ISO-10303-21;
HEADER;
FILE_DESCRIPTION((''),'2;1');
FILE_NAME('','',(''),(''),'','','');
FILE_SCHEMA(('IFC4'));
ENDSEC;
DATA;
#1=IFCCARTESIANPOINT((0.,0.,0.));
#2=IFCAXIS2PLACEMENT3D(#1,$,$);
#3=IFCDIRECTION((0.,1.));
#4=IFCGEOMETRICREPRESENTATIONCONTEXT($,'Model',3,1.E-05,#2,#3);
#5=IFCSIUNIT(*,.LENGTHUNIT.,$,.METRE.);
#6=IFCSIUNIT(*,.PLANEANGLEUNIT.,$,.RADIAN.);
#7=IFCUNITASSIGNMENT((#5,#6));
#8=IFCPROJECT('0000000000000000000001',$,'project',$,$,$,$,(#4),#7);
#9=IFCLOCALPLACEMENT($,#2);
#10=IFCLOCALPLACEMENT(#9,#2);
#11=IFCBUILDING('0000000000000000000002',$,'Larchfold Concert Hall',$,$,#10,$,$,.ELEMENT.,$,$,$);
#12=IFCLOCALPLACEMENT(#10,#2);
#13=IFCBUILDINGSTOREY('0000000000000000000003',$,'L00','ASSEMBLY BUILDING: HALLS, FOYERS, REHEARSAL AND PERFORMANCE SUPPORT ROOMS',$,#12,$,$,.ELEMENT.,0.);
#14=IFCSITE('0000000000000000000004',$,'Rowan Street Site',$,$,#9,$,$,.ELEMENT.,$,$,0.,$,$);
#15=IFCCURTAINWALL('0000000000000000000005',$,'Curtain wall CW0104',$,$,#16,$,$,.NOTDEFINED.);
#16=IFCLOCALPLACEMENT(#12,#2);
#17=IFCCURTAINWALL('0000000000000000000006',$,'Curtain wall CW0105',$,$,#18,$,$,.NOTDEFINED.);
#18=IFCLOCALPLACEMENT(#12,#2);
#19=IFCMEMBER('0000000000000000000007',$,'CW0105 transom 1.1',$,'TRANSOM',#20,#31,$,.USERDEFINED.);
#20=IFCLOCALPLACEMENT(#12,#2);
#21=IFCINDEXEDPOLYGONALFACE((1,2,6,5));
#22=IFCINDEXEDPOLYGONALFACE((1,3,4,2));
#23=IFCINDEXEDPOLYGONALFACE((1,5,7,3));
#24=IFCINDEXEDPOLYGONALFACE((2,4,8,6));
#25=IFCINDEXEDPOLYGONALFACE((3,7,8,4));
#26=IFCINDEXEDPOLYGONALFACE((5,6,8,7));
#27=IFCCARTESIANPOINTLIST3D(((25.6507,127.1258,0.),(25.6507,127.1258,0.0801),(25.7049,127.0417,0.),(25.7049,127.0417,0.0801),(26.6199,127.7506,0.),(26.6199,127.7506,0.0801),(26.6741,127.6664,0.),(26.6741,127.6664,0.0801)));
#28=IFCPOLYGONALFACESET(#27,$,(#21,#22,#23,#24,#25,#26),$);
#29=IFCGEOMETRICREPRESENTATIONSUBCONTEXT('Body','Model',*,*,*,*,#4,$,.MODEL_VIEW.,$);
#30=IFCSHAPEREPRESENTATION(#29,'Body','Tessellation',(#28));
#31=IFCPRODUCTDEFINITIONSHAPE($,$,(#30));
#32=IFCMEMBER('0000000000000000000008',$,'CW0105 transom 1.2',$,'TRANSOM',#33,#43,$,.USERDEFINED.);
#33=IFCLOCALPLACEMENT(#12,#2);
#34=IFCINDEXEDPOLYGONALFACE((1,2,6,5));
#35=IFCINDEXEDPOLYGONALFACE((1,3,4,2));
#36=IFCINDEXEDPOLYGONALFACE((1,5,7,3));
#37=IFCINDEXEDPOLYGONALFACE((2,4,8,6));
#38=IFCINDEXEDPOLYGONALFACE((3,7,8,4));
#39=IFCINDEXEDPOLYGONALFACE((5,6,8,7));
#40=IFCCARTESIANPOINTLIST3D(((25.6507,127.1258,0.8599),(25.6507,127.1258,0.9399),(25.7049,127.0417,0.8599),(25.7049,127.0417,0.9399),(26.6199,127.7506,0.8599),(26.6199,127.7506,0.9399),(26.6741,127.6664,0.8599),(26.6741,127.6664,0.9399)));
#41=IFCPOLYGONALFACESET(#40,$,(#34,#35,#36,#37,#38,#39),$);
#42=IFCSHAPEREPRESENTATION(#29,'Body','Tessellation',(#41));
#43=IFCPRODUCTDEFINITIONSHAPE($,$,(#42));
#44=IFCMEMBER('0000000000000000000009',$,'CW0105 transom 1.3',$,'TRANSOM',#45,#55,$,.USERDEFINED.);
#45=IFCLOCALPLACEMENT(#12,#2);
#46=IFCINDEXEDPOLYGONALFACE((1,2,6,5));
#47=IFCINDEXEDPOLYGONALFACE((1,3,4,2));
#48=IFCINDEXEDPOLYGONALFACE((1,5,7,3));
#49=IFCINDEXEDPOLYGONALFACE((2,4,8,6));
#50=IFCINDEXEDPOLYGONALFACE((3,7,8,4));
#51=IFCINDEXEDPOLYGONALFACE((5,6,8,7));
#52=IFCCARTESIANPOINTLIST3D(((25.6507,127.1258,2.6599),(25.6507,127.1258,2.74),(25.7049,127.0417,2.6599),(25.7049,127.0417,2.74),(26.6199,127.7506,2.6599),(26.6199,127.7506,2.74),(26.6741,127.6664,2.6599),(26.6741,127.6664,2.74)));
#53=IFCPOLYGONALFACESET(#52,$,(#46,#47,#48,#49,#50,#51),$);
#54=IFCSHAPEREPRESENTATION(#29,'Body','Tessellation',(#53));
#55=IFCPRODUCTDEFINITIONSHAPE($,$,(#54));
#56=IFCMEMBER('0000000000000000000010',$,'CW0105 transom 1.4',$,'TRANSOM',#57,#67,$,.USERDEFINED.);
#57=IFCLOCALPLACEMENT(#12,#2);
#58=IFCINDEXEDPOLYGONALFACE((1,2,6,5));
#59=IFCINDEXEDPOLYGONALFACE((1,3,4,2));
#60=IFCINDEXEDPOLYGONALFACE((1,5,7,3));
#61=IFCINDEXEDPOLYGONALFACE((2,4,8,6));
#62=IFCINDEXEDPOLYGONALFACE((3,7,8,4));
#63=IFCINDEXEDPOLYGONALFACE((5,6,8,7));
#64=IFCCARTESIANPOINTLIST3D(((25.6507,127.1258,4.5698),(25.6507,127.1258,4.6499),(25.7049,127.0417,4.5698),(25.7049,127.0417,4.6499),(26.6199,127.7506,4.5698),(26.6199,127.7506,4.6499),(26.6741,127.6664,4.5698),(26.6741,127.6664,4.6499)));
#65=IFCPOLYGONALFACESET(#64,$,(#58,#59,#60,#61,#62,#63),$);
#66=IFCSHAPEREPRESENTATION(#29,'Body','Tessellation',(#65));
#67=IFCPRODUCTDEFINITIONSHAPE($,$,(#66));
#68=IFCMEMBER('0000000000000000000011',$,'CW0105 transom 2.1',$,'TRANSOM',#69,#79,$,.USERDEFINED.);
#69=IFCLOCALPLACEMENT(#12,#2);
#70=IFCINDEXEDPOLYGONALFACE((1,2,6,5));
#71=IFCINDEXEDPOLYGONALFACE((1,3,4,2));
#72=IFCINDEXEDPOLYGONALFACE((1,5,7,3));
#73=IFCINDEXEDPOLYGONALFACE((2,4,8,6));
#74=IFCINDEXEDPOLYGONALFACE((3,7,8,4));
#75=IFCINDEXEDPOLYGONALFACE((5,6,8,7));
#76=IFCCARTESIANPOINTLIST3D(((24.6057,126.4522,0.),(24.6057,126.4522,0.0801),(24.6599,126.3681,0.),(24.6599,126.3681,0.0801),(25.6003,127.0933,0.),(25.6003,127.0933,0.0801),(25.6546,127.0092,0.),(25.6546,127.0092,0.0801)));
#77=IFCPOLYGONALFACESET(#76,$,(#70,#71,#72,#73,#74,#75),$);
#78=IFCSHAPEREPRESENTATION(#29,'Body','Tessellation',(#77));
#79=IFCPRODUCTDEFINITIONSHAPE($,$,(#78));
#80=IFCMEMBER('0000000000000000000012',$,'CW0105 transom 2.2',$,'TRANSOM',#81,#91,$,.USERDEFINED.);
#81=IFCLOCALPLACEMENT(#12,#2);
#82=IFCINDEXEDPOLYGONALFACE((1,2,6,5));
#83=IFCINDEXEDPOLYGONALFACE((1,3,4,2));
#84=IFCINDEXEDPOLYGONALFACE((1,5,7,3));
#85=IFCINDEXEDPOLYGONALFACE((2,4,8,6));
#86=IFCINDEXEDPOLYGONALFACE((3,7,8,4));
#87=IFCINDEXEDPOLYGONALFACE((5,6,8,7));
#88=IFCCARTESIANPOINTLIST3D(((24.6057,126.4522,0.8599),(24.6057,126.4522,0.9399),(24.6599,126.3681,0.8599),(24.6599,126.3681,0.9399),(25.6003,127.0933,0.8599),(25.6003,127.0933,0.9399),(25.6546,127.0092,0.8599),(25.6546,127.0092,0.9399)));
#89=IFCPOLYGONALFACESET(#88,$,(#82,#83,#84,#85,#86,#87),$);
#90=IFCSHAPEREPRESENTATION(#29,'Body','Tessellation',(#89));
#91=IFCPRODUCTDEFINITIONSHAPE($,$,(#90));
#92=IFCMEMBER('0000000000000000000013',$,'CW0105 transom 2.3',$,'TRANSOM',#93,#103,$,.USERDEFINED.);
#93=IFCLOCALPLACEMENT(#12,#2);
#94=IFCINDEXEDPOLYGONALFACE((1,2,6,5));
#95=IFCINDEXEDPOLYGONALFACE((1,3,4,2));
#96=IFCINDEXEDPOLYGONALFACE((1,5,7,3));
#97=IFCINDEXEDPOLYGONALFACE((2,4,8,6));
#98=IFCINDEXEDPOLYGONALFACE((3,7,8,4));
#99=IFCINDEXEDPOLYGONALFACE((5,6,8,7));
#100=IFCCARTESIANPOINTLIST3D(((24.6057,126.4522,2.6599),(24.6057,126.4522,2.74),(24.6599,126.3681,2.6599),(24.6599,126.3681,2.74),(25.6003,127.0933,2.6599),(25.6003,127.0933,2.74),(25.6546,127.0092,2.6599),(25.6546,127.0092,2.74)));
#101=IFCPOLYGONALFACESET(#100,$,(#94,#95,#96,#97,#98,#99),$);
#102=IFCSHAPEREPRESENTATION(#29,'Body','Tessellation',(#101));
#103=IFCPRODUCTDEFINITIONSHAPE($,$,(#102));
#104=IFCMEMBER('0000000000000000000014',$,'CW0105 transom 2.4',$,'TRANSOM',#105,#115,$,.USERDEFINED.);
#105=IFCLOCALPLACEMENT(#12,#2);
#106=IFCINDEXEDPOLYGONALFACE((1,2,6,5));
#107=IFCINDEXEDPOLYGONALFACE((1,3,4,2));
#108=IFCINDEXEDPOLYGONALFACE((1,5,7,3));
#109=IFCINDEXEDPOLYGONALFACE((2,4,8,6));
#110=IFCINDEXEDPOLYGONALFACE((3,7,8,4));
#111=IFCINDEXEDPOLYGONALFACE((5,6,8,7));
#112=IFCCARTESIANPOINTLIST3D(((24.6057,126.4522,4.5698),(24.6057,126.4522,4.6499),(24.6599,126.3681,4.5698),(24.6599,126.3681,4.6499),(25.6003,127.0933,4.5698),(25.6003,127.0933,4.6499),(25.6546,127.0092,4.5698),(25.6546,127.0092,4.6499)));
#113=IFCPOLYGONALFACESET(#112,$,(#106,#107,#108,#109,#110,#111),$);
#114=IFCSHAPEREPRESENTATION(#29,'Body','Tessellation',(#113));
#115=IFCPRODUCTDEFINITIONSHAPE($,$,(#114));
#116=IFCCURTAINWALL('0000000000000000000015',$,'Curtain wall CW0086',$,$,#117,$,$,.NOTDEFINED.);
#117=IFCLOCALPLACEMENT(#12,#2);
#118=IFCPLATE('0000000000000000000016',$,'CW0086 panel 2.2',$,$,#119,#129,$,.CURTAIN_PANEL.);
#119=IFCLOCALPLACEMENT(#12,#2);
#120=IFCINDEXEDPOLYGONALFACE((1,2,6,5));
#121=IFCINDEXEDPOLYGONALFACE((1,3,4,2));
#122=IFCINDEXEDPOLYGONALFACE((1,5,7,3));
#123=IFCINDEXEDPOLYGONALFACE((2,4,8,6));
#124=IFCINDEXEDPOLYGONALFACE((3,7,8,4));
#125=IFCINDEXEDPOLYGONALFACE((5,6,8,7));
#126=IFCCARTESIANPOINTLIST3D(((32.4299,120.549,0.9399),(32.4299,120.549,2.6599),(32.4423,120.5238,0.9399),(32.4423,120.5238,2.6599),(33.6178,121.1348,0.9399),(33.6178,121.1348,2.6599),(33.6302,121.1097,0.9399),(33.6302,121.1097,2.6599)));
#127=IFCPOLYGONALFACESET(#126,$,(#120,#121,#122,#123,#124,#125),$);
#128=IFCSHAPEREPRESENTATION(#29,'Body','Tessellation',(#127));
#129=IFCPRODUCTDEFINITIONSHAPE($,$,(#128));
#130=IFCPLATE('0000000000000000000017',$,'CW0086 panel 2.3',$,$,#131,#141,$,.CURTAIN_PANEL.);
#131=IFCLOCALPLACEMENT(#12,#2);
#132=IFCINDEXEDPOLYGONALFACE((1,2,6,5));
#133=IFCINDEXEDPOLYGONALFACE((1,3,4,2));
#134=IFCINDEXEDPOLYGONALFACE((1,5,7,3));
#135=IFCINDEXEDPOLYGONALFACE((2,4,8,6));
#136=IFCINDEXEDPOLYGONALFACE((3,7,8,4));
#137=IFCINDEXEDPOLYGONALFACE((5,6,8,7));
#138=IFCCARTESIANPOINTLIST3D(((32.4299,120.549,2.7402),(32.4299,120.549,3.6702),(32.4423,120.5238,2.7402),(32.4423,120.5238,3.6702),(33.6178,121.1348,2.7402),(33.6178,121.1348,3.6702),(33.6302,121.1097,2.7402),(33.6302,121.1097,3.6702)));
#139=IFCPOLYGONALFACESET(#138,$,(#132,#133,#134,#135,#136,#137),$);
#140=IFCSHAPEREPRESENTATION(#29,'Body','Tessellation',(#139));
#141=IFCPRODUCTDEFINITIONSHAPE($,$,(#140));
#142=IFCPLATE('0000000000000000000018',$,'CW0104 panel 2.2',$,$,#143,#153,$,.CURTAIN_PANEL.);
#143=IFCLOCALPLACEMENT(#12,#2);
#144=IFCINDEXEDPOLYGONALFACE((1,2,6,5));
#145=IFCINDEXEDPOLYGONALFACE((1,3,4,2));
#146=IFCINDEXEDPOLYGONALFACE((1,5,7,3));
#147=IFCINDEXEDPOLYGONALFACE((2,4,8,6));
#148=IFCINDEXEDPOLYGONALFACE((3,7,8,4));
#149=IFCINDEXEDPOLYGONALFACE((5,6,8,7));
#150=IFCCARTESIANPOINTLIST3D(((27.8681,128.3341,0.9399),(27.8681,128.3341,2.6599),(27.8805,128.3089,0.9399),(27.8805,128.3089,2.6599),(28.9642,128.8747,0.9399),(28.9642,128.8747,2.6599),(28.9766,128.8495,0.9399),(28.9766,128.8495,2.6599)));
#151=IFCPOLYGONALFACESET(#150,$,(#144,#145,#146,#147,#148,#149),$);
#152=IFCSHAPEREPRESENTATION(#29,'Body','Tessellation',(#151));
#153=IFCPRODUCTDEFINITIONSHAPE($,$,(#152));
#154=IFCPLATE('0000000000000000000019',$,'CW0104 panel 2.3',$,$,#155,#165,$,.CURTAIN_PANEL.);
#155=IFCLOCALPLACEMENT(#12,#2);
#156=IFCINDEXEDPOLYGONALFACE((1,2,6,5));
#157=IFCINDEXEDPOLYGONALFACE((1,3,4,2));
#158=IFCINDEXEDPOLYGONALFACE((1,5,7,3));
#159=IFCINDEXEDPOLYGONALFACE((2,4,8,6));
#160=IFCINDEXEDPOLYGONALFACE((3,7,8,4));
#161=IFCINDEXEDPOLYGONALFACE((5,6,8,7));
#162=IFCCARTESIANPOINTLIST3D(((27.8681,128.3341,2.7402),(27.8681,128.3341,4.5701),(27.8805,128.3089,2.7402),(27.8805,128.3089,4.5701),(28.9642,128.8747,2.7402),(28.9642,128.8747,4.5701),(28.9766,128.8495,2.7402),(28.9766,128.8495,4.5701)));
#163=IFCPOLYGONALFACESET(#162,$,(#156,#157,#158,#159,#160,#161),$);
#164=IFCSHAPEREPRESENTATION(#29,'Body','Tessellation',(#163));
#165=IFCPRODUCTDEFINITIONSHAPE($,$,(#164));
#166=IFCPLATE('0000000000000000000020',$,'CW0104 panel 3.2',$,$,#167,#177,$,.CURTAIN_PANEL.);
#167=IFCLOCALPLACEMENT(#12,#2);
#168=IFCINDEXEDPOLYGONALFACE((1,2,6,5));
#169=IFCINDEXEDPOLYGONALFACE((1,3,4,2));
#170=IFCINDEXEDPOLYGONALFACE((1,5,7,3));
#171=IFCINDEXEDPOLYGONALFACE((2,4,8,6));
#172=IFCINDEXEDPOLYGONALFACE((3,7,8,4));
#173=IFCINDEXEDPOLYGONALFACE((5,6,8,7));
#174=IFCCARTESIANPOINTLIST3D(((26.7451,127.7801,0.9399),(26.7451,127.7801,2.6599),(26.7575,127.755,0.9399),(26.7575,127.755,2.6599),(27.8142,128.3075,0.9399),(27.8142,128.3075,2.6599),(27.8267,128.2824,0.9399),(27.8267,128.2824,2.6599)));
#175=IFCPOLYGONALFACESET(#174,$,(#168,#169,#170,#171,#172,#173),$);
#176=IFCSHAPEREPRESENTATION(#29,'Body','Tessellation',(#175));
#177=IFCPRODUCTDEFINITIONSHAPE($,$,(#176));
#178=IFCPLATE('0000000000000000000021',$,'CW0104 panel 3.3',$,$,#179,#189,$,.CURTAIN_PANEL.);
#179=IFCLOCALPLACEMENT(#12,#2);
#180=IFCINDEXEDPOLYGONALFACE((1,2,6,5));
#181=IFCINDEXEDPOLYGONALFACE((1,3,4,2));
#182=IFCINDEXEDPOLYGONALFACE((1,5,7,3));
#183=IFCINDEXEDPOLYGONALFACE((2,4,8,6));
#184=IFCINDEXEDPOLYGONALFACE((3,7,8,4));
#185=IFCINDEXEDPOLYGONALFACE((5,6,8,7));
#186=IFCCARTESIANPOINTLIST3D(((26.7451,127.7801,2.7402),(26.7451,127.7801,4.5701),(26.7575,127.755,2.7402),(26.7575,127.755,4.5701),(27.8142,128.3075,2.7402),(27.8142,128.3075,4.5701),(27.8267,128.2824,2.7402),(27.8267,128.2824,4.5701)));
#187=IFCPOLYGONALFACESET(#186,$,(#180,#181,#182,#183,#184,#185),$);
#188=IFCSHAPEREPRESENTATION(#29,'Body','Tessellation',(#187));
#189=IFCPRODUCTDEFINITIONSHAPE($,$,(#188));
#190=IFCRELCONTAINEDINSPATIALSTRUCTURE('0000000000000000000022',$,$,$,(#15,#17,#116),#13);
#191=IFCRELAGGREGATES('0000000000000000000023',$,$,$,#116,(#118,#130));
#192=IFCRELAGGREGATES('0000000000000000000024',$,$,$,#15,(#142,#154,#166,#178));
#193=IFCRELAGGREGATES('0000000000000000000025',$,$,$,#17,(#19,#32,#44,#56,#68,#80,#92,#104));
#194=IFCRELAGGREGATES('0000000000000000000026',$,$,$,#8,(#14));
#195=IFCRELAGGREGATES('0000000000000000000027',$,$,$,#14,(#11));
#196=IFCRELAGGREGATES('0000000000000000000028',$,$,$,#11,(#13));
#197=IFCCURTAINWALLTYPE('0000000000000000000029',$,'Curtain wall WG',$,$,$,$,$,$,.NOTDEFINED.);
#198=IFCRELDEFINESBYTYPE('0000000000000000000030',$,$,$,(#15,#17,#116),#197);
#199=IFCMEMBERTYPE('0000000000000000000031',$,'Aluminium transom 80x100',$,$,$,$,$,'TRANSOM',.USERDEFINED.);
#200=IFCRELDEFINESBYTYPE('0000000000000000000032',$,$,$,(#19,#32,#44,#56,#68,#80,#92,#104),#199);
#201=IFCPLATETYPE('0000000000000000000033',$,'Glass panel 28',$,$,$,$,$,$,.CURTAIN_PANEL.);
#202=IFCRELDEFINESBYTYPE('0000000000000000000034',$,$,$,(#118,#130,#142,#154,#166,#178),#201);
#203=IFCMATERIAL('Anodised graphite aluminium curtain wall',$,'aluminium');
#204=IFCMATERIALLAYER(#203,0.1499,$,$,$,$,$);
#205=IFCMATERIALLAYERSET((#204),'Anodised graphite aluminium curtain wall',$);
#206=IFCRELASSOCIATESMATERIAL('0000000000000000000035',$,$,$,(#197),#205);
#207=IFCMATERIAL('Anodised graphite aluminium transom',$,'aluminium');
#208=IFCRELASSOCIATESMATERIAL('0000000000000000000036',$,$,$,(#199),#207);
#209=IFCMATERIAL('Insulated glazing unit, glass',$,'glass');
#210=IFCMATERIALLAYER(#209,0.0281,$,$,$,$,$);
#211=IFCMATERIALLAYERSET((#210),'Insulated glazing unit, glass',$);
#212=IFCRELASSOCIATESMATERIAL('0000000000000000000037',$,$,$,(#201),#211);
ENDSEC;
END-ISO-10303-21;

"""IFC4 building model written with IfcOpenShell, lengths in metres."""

from ifc_helpers import new_model, si_unit, direction, frame, origin, origin_2d, place, context, subcontext, project, spatial, rectangle, extrude, material, layer, layer_set, material_profile, profile_set, type_object, element, aggregate, save


model = new_model("IFC4")

# Units and contexts
model_context = context("Model", 3, precision=1e-05, world=origin(), true_north=direction((0.0, 1.0)))
body_context = subcontext(model_context, "Body", "Model", "MODEL_VIEW")
ifc_project = project(units=[si_unit("LENGTHUNIT", "METRE"), si_unit("PLANEANGLEUNIT", "RADIAN")], contexts=[model_context])

# Site, building, storey
site_placement = place(None, origin())
site = spatial("IfcSite", under=ifc_project, at=site_placement, Name="Rowan Street Site", CompositionType="ELEMENT", RefElevation=0.0)
building_placement = place(site_placement, origin())
building = spatial("IfcBuilding", under=site, at=building_placement, Name="Larchfold Concert Hall", CompositionType="ELEMENT")
storey_placement = place(building_placement, origin())
storey = spatial("IfcBuildingStorey", under=building, at=storey_placement, Name="L00", Description="ASSEMBLY BUILDING: HALLS, FOYERS, REHEARSAL AND PERFORMANCE SUPPORT ROOMS", CompositionType="ELEMENT", Elevation=0.0)

# Curtain walls
ifc_material_1 = material(Name="Anodised graphite aluminium curtain wall", Category="aluminium")
ifc_layer_1 = layer(ifc_material_1, 0.1499)
ifc_layer_set_1 = layer_set([ifc_layer_1], Name="Anodised graphite aluminium curtain wall")
curtain_wall_type = type_object("IfcCurtainWallType", Name="Curtain wall WG", PredefinedType="NOTDEFINED", material=ifc_layer_set_1)
curtain_wall_1_placement = place(storey_placement, origin())
curtain_wall_1 = element("IfcCurtainWall", 1, at=curtain_wall_1_placement, inside=storey, type_object=curtain_wall_type, Name="Curtain wall CW0104", PredefinedType="NOTDEFINED")
curtain_wall_2_placement = place(storey_placement, origin())
curtain_wall_2 = element("IfcCurtainWall", 2, at=curtain_wall_2_placement, inside=storey, type_object=curtain_wall_type, Name="Curtain wall CW0105", PredefinedType="NOTDEFINED")

# Members
ifc_material_2 = material(Name="Anodised graphite aluminium transom", Category="aluminium")
ifc_material_profile_1 = material_profile(ifc_material_2, rectangle(XDim=0.1001, YDim=0.0801, at=origin_2d()))
ifc_profile_set_1 = profile_set([ifc_material_profile_1], Name="Anodised graphite aluminium transom")
member_type_1 = type_object("IfcMemberType", Name="Aluminium transom 80x100", ElementType="TRANSOM", PredefinedType="USERDEFINED", material=ifc_profile_set_1)
member_1_placement = place(storey_placement, frame((26.647, 127.7085, 0.04), z_axis=(-0.840517, -0.541784, 0.0), x_axis=(0.541784, -0.840517, 0.0)))
member_1 = element("IfcMember", 3, at=member_1_placement, type_object=member_type_1, Name="CW0105 transom 1.1", ObjectType="TRANSOM", PredefinedType="USERDEFINED", context=body_context, shape_type="SweptSolid", body=[
    extrude(rectangle(XDim=0.1001, YDim=0.0801, at=origin_2d()), origin(), (0.0, 0.0, 1.0), 1.1531),
])
member_2_placement = place(storey_placement, frame((26.647, 127.7085, 0.8999), z_axis=(-0.840517, -0.541784, 0.0), x_axis=(0.541784, -0.840517, 0.0)))
member_2 = element("IfcMember", 4, at=member_2_placement, type_object=member_type_1, Name="CW0105 transom 1.2", ObjectType="TRANSOM", PredefinedType="USERDEFINED", context=body_context, shape_type="SweptSolid", body=[
    extrude(rectangle(XDim=0.1001, YDim=0.0801, at=origin_2d()), origin(), (0.0, 0.0, 1.0), 1.1531),
])
member_3_placement = place(storey_placement, frame((26.647, 127.7085, 2.7), z_axis=(-0.840517, -0.541784, 0.0), x_axis=(0.541784, -0.840517, 0.0)))
member_3 = element("IfcMember", 5, at=member_3_placement, type_object=member_type_1, Name="CW0105 transom 1.3", ObjectType="TRANSOM", PredefinedType="USERDEFINED", context=body_context, shape_type="SweptSolid", body=[
    extrude(rectangle(XDim=0.1001, YDim=0.0801, at=origin_2d()), origin(), (0.0, 0.0, 1.0), 1.1531),
])
member_4_placement = place(storey_placement, frame((26.647, 127.7085, 4.6099), z_axis=(-0.840517, -0.541784, 0.0), x_axis=(0.541784, -0.840517, 0.0)))
member_4 = element("IfcMember", 6, at=member_4_placement, type_object=member_type_1, Name="CW0105 transom 1.4", ObjectType="TRANSOM", PredefinedType="USERDEFINED", context=body_context, shape_type="SweptSolid", body=[
    extrude(rectangle(XDim=0.1001, YDim=0.0801, at=origin_2d()), origin(), (0.0, 0.0, 1.0), 1.1531),
])
member_5_placement = place(storey_placement, frame((25.6274, 127.0513, 0.04), z_axis=(-0.840521, -0.541779, 0.0), x_axis=(0.541779, -0.840521, 0.0)))
member_5 = element("IfcMember", 7, at=member_5_placement, type_object=member_type_1, Name="CW0105 transom 2.1", ObjectType="TRANSOM", PredefinedType="USERDEFINED", context=body_context, shape_type="SweptSolid", body=[
    extrude(rectangle(XDim=0.1001, YDim=0.0801, at=origin_2d()), origin(), (0.0, 0.0, 1.0), 1.1833),
])
member_6_placement = place(storey_placement, frame((25.6274, 127.0513, 0.8999), z_axis=(-0.840521, -0.541779, 0.0), x_axis=(0.541779, -0.840521, 0.0)))
member_6 = element("IfcMember", 8, at=member_6_placement, type_object=member_type_1, Name="CW0105 transom 2.2", ObjectType="TRANSOM", PredefinedType="USERDEFINED", context=body_context, shape_type="SweptSolid", body=[
    extrude(rectangle(XDim=0.1001, YDim=0.0801, at=origin_2d()), origin(), (0.0, 0.0, 1.0), 1.1833),
])
member_7_placement = place(storey_placement, frame((25.6274, 127.0513, 2.7), z_axis=(-0.840521, -0.541779, 0.0), x_axis=(0.541779, -0.840521, 0.0)))
member_7 = element("IfcMember", 9, at=member_7_placement, type_object=member_type_1, Name="CW0105 transom 2.3", ObjectType="TRANSOM", PredefinedType="USERDEFINED", context=body_context, shape_type="SweptSolid", body=[
    extrude(rectangle(XDim=0.1001, YDim=0.0801, at=origin_2d()), origin(), (0.0, 0.0, 1.0), 1.1833),
])
member_8_placement = place(storey_placement, frame((25.6274, 127.0513, 4.6099), z_axis=(-0.840521, -0.541779, 0.0), x_axis=(0.541779, -0.840521, 0.0)))
member_8 = element("IfcMember", 10, at=member_8_placement, type_object=member_type_1, Name="CW0105 transom 2.4", ObjectType="TRANSOM", PredefinedType="USERDEFINED", context=body_context, shape_type="SweptSolid", body=[
    extrude(rectangle(XDim=0.1001, YDim=0.0801, at=origin_2d()), origin(), (0.0, 0.0, 1.0), 1.1833),
])

# Curtain wall, plates
curtain_wall_3_placement = place(storey_placement, origin())
curtain_wall_3 = element("IfcCurtainWall", 11, at=curtain_wall_3_placement, inside=storey, type_object=curtain_wall_type, Name="Curtain wall CW0086", PredefinedType="NOTDEFINED")
ifc_material_3 = material(Name="Insulated glazing unit, glass", Category="glass")
ifc_layer_2 = layer(ifc_material_3, 0.0281)
ifc_layer_set_2 = layer_set([ifc_layer_2], Name="Insulated glazing unit, glass")
plate_type_1 = type_object("IfcPlateType", Name="Glass panel 28", PredefinedType="CURTAIN_PANEL", material=ifc_layer_set_2)
plate_1_placement = place(storey_placement, frame((33.03, 120.8293, 0.9399), z_axis=(0.0, 0.0, 1.0), x_axis=(0.896865, 0.442305, 0.0)))
plate_1 = element("IfcPlate", 12, at=plate_1_placement, type_object=plate_type_1, Name="CW0086 panel 2.2", PredefinedType="CURTAIN_PANEL", context=body_context, shape_type="SweptSolid", body=[
    extrude(rectangle(XDim=1.3245, YDim=0.0281, at=origin_2d()), origin(), (0.0, 0.0, 1.0), 1.72),
])
plate_2_placement = place(storey_placement, frame((33.03, 120.8293, 2.7402), z_axis=(0.0, 0.0, 1.0), x_axis=(0.896865, 0.442305, 0.0)))
plate_2 = element("IfcPlate", 13, at=plate_2_placement, type_object=plate_type_1, Name="CW0086 panel 2.3", PredefinedType="CURTAIN_PANEL", context=body_context, shape_type="SweptSolid", body=[
    extrude(rectangle(XDim=1.3245, YDim=0.0281, at=origin_2d()), origin(), (0.0, 0.0, 1.0), 0.9299),
])
aggregate(curtain_wall_3, [plate_1, plate_2])

# Plates
plate_3_placement = place(storey_placement, frame((28.4224, 128.5918, 0.9399), z_axis=(0.0, 0.0, 1.0), x_axis=(-0.896826, -0.442383, 0.0)))
plate_3 = element("IfcPlate", 14, at=plate_3_placement, type_object=plate_type_1, Name="CW0104 panel 2.2", PredefinedType="CURTAIN_PANEL", context=body_context, shape_type="SweptSolid", body=[
    extrude(rectangle(XDim=1.2222, YDim=0.0281, at=origin_2d()), origin(), (0.0, 0.0, 1.0), 1.72),
])
plate_4_placement = place(storey_placement, frame((28.4224, 128.5918, 2.7402), z_axis=(0.0, 0.0, 1.0), x_axis=(-0.896826, -0.442383, 0.0)))
plate_4 = element("IfcPlate", 15, at=plate_4_placement, type_object=plate_type_1, Name="CW0104 panel 2.3", PredefinedType="CURTAIN_PANEL", context=body_context, shape_type="SweptSolid", body=[
    extrude(rectangle(XDim=1.2222, YDim=0.0281, at=origin_2d()), origin(), (0.0, 0.0, 1.0), 1.8298),
])
plate_5_placement = place(storey_placement, frame((27.2859, 128.0312, 0.9399), z_axis=(0.0, 0.0, 1.0), x_axis=(-0.896826, -0.442383, 0.0)))
plate_5 = element("IfcPlate", 16, at=plate_5_placement, type_object=plate_type_1, Name="CW0104 panel 3.2", PredefinedType="CURTAIN_PANEL", context=body_context, shape_type="SweptSolid", body=[
    extrude(rectangle(XDim=1.1921, YDim=0.0281, at=origin_2d()), origin(), (0.0, 0.0, 1.0), 1.72),
])
plate_6_placement = place(storey_placement, frame((27.2859, 128.0312, 2.7402), z_axis=(0.0, 0.0, 1.0), x_axis=(-0.896826, -0.442383, 0.0)))
plate_6 = element("IfcPlate", 17, at=plate_6_placement, type_object=plate_type_1, Name="CW0104 panel 3.3", PredefinedType="CURTAIN_PANEL", context=body_context, shape_type="SweptSolid", body=[
    extrude(rectangle(XDim=1.1921, YDim=0.0281, at=origin_2d()), origin(), (0.0, 0.0, 1.0), 1.8298),
])
aggregate(curtain_wall_1, [plate_3, plate_4, plate_5, plate_6])
aggregate(curtain_wall_2, [member_1, member_2, member_3, member_4, member_5, member_6, member_7, member_8])

save(model, "model.ifc")
